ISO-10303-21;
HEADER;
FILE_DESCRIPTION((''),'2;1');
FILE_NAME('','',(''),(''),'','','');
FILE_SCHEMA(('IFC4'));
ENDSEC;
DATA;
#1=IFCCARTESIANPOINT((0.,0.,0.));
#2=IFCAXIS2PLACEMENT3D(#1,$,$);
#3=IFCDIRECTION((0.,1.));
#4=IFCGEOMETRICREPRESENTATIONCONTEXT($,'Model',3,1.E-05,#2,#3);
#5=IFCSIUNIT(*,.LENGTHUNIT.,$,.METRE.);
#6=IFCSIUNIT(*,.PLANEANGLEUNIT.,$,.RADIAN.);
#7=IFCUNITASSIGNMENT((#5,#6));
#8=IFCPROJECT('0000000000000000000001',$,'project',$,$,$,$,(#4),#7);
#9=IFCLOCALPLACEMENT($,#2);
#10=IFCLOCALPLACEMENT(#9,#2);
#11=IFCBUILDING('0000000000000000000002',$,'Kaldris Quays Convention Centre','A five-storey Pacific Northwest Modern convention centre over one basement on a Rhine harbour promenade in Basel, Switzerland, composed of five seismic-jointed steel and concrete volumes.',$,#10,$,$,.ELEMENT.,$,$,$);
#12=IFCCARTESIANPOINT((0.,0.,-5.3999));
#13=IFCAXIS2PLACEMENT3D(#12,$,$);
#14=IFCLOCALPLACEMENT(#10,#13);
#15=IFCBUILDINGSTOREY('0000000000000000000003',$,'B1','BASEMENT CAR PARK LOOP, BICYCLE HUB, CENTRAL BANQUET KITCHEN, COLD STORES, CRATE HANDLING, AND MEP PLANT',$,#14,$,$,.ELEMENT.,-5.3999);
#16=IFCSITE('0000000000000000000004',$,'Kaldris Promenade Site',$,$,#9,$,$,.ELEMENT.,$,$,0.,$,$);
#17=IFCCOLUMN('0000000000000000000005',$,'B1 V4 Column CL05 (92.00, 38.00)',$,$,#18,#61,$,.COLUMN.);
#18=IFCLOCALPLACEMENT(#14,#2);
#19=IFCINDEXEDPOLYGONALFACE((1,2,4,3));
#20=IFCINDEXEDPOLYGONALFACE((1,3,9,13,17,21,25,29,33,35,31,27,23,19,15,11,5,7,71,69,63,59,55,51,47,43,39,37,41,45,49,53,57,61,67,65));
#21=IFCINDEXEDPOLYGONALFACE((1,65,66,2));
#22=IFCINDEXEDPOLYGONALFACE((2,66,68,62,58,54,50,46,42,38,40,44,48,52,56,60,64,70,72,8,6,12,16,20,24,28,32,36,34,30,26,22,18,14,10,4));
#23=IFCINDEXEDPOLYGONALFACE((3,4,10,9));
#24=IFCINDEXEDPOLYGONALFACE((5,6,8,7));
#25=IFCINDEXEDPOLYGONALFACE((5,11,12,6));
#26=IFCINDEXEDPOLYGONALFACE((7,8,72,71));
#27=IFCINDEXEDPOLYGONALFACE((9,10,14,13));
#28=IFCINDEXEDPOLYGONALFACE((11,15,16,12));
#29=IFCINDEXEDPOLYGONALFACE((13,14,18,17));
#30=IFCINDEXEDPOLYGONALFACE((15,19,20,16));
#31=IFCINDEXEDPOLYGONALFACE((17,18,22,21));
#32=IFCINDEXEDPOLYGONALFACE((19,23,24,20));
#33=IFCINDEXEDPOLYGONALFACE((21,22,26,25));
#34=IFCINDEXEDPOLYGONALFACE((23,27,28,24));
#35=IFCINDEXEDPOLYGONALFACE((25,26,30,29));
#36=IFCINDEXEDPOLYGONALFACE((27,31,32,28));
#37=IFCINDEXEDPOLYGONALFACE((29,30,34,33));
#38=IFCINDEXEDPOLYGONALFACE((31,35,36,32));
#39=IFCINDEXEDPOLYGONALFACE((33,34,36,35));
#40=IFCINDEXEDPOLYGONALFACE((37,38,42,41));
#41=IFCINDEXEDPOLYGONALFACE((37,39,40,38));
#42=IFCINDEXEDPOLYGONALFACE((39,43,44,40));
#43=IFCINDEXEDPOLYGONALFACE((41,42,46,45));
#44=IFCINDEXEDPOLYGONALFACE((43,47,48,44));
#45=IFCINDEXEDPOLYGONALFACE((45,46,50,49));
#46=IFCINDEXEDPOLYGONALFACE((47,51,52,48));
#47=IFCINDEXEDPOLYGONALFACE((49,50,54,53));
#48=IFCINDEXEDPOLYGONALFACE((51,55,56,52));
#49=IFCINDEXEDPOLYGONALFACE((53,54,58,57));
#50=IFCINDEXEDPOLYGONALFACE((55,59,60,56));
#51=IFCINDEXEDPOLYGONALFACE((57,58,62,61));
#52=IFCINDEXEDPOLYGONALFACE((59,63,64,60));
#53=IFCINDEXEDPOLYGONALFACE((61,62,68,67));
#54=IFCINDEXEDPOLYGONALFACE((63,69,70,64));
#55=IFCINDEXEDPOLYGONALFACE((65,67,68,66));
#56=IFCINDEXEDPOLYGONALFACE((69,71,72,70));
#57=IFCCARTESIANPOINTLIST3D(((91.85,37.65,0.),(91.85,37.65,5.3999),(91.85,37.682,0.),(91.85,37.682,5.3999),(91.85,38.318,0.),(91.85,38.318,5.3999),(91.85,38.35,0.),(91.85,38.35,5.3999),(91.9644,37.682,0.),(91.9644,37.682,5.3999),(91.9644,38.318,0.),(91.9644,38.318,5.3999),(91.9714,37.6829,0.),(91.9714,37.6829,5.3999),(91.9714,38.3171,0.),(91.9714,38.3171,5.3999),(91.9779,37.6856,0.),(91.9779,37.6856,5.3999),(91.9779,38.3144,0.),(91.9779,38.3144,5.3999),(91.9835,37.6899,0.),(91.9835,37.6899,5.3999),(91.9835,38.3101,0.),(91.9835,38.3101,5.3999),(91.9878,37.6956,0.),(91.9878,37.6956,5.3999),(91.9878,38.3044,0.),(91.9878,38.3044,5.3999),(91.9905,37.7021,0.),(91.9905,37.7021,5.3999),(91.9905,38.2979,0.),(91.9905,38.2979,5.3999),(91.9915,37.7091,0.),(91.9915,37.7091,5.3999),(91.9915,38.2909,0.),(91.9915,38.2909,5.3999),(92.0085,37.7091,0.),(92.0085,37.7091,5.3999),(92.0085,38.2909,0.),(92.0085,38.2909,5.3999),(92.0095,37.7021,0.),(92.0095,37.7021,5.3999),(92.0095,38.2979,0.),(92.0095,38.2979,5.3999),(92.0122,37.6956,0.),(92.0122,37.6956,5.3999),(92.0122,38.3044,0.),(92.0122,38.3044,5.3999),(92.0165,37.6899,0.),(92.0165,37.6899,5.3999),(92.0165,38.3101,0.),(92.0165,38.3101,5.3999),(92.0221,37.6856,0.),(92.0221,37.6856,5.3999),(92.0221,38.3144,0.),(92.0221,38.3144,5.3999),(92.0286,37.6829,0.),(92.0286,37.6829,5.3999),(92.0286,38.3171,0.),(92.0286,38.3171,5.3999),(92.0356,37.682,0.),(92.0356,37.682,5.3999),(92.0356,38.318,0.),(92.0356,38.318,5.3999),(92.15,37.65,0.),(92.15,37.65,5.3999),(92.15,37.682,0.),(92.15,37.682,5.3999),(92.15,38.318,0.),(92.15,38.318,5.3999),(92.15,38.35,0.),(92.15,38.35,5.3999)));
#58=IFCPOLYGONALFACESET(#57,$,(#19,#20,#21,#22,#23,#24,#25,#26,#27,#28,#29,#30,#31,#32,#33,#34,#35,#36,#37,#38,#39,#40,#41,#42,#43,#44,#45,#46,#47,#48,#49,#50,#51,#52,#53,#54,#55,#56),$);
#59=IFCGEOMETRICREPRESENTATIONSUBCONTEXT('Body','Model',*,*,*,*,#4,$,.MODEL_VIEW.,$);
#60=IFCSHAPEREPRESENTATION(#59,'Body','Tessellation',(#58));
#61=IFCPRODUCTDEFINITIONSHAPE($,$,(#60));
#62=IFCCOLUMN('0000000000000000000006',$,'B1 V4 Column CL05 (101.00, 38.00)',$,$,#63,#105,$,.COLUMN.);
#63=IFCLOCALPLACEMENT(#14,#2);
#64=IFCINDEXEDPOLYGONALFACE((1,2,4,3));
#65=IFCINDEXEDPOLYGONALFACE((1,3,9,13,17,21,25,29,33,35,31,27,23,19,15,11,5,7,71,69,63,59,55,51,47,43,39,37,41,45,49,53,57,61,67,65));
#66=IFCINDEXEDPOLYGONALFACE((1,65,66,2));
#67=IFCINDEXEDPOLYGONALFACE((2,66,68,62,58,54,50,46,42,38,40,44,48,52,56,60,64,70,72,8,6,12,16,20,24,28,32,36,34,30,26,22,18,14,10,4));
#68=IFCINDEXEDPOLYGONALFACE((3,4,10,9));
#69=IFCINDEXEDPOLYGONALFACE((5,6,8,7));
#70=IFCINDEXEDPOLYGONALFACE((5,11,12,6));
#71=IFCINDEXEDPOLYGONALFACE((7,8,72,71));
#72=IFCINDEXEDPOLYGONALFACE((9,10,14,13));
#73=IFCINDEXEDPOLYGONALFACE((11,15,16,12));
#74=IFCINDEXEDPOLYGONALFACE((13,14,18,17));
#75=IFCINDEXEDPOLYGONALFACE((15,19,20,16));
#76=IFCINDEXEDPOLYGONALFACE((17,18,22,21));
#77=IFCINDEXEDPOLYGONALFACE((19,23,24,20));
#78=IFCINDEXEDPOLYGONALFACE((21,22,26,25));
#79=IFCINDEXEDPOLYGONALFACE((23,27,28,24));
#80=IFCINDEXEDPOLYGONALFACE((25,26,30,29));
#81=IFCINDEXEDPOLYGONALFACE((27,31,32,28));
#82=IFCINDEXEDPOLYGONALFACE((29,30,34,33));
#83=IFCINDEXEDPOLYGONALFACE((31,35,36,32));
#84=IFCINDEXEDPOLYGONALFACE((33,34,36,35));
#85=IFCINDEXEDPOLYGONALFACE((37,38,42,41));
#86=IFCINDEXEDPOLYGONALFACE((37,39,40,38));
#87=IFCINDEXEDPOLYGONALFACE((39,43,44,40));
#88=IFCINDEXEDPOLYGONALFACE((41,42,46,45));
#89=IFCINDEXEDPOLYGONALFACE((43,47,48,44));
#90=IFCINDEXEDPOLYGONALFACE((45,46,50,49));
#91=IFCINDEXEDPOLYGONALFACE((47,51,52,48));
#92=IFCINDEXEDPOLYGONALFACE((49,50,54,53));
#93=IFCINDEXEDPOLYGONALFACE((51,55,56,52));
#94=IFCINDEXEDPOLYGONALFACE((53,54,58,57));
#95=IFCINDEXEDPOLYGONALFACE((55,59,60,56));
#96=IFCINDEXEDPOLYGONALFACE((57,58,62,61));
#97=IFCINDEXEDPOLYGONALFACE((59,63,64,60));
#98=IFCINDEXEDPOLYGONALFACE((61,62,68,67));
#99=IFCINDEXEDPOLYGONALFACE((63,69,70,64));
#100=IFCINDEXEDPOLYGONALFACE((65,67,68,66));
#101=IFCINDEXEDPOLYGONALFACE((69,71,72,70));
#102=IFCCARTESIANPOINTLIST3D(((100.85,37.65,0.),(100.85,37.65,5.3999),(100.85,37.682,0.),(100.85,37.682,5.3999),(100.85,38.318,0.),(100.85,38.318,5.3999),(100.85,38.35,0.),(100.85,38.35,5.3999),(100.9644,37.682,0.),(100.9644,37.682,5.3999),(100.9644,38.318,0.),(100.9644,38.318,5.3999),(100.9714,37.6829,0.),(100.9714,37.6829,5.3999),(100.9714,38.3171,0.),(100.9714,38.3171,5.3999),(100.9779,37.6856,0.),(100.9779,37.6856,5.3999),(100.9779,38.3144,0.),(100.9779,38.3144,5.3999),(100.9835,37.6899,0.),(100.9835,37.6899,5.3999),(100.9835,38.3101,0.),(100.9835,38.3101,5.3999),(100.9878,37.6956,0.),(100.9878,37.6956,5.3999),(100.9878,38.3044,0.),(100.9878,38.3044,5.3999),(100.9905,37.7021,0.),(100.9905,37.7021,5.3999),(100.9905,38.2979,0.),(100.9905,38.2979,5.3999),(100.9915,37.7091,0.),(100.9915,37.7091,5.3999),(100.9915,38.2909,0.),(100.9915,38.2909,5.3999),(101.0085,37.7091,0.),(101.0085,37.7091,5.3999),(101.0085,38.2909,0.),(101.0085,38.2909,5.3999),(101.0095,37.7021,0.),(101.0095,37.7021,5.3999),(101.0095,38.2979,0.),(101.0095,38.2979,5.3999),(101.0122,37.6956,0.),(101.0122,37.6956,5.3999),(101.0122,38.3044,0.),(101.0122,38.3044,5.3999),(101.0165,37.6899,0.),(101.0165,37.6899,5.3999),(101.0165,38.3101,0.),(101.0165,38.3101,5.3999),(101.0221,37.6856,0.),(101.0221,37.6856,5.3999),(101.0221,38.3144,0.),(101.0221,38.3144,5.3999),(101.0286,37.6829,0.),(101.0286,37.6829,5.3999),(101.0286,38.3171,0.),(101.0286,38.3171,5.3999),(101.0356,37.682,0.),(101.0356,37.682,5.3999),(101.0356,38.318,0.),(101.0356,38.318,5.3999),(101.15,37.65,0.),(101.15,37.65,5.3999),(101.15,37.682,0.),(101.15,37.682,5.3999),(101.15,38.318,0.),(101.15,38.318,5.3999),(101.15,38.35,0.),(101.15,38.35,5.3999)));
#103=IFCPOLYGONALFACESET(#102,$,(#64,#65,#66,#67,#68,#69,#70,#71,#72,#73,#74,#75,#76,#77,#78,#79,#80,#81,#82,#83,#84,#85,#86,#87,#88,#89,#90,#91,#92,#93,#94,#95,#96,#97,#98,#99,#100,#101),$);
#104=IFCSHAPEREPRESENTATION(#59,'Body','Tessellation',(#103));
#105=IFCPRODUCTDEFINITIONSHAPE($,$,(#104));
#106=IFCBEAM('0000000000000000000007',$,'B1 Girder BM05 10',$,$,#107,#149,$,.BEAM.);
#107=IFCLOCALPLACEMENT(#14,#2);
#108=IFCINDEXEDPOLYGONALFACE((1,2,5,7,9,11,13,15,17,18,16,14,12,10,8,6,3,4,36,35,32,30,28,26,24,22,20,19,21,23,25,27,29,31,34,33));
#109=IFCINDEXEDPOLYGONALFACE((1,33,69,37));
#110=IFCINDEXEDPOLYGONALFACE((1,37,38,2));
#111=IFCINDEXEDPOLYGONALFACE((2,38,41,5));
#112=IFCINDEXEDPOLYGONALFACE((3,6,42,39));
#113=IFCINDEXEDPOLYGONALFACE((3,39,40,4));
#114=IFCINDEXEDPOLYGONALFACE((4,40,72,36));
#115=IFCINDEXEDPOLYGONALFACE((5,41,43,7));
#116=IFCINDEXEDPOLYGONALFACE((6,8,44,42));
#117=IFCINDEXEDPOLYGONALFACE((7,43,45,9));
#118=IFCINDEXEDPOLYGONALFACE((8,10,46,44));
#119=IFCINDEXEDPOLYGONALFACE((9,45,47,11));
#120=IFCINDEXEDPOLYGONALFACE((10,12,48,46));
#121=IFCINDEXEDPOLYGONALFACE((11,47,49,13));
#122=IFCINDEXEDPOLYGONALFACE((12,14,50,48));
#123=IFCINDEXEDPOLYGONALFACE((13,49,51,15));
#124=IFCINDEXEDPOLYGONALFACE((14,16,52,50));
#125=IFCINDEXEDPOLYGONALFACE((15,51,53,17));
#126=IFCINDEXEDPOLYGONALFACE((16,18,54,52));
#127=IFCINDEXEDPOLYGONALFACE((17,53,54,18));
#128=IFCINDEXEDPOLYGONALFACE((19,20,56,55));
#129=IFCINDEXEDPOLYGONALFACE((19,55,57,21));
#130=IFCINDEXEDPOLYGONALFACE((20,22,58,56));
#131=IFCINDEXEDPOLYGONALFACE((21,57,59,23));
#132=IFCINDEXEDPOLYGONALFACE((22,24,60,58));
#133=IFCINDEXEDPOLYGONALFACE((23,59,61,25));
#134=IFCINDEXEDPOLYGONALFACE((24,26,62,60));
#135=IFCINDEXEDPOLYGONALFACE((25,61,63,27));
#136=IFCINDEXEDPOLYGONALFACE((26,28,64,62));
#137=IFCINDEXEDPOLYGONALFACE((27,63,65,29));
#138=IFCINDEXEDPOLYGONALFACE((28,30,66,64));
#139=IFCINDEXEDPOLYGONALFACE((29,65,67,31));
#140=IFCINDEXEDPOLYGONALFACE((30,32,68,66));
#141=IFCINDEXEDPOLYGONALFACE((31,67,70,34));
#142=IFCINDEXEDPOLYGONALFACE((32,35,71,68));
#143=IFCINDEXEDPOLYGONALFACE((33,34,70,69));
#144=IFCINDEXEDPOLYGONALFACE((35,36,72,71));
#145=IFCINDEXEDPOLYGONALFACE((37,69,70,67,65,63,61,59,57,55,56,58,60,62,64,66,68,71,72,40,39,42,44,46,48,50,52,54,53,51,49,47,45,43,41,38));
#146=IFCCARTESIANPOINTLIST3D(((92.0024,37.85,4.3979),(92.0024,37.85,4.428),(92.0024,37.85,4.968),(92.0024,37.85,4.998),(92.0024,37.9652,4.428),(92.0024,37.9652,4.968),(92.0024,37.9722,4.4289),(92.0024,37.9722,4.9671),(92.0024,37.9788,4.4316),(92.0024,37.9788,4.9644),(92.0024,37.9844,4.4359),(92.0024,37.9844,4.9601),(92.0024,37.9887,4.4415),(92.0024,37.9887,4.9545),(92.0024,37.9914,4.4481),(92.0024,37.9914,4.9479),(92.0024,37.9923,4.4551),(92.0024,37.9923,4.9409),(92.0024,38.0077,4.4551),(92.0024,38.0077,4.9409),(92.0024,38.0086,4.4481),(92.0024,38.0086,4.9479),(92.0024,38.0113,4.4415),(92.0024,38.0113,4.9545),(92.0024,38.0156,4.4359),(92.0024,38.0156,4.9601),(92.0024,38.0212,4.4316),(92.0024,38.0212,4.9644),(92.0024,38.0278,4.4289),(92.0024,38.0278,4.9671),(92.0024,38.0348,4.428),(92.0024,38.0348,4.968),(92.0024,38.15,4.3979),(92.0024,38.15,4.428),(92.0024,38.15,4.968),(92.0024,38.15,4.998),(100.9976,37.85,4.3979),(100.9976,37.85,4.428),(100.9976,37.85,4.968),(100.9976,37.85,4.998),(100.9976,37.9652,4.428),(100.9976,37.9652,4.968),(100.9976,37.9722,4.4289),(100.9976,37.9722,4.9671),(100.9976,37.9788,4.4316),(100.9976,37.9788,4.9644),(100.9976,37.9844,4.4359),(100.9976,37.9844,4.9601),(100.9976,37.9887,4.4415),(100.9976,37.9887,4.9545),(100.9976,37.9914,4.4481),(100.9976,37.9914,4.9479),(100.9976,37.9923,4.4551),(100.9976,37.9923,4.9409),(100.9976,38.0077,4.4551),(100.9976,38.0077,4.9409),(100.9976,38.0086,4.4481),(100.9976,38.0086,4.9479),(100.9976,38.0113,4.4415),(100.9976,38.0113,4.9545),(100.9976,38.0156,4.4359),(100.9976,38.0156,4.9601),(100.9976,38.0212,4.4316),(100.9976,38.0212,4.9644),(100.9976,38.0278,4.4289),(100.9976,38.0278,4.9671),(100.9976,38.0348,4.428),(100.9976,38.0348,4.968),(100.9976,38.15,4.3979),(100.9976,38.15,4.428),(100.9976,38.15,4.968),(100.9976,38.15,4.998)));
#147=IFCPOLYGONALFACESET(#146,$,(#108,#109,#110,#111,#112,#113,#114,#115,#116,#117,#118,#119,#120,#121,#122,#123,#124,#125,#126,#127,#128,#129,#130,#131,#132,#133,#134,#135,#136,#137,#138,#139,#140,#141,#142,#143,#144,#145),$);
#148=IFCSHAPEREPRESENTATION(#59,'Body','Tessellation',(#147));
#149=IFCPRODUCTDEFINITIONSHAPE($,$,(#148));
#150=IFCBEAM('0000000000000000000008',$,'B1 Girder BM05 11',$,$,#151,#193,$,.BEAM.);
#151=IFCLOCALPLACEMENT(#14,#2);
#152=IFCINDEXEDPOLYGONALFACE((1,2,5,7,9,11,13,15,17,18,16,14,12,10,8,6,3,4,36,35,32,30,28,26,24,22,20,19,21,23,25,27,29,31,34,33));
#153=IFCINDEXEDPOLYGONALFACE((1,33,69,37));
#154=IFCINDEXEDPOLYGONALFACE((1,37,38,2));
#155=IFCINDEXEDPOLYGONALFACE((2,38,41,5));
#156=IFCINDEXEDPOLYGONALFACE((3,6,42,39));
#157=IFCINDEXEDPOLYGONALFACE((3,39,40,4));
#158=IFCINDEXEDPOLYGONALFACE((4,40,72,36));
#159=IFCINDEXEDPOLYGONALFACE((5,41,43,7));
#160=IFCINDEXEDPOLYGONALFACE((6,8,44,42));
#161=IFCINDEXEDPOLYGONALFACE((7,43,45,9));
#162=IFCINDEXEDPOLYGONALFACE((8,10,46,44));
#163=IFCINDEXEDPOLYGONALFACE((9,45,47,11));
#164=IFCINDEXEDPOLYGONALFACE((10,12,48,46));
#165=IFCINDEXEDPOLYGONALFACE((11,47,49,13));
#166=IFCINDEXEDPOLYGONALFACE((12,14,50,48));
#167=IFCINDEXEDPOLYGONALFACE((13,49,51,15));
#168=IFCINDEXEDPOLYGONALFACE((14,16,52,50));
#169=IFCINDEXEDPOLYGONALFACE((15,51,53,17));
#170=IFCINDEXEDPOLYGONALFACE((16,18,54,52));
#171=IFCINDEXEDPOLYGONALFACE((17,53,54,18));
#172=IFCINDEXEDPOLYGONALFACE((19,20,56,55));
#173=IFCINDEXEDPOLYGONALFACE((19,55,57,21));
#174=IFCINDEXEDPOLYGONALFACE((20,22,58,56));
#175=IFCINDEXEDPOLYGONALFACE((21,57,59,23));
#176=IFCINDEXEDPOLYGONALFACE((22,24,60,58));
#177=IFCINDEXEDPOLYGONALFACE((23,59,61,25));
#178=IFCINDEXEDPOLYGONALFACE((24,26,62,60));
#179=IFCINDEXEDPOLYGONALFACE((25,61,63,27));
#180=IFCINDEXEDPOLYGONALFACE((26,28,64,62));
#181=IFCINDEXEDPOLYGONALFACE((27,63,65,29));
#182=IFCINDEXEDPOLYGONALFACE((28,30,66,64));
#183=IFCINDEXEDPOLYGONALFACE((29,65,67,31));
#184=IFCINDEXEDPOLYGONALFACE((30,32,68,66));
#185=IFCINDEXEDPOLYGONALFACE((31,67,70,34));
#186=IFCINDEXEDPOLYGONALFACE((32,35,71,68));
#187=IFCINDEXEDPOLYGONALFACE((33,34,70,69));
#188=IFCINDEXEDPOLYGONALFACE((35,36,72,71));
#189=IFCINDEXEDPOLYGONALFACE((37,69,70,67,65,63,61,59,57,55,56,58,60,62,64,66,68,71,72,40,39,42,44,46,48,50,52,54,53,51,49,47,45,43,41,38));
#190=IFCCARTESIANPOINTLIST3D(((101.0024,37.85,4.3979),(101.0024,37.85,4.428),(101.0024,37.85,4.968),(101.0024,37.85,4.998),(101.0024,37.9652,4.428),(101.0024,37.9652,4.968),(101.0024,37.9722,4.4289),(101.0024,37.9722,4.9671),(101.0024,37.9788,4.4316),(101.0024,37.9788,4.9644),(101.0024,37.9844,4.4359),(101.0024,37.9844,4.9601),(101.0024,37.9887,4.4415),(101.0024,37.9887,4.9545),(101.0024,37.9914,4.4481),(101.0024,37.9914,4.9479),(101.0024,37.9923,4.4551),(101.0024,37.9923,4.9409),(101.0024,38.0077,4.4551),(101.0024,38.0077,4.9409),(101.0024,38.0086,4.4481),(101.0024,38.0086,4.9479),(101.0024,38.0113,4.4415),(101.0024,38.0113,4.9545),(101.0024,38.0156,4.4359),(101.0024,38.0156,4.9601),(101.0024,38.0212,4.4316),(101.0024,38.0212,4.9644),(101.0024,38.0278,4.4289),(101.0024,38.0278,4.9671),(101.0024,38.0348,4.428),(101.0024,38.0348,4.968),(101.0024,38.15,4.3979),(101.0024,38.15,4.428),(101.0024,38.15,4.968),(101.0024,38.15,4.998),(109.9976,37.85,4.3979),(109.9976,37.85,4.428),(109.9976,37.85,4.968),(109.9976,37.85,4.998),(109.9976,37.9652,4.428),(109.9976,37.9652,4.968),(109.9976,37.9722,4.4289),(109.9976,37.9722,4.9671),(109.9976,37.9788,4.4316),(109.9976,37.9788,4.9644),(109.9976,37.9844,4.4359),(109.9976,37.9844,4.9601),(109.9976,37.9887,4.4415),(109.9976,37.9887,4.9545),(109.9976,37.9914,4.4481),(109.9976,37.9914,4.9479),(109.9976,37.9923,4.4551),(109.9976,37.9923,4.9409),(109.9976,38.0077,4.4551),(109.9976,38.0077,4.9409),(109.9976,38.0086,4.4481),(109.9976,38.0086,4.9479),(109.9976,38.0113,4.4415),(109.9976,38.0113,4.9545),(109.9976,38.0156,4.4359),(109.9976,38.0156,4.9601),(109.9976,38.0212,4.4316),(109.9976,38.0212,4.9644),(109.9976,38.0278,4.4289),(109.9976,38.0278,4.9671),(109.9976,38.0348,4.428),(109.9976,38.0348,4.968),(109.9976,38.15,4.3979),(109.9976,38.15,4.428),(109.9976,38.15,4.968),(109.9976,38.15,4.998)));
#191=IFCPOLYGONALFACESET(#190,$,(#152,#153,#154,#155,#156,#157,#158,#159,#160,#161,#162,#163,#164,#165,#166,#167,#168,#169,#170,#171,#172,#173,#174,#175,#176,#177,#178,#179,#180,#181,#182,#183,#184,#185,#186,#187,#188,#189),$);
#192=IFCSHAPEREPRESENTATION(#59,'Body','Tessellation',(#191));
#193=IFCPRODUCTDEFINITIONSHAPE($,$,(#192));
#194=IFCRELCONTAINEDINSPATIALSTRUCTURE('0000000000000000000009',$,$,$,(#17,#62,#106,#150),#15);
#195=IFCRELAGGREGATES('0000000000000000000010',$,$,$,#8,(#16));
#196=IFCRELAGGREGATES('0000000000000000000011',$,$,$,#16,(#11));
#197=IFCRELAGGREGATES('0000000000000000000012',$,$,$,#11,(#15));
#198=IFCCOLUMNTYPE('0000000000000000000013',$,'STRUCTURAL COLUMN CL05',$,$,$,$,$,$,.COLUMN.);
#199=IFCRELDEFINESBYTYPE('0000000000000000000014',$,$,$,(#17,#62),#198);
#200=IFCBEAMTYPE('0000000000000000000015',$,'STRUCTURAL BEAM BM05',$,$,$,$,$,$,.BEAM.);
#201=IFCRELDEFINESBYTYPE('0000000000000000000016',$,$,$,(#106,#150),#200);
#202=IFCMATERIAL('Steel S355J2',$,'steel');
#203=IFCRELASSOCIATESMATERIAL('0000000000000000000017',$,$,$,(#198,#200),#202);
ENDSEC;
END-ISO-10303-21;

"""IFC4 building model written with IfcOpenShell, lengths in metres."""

from ifc_helpers import new_model, si_unit, direction, frame, origin, origin_2d, place, context, subcontext, project, spatial, i_section, extrude, material, material_profile, profile_set, type_object, element, save


model = new_model("IFC4")

# Units and contexts
model_context = context("Model", 3, precision=1e-05, world=origin(), true_north=direction((0.0, 1.0)))
body_context = subcontext(model_context, "Body", "Model", "MODEL_VIEW")
ifc_project = project(units=[si_unit("LENGTHUNIT", "METRE"), si_unit("PLANEANGLEUNIT", "RADIAN")], contexts=[model_context])

# Site, building, storey
site_placement = place(None, origin())
site = spatial("IfcSite", under=ifc_project, at=site_placement, Name="Kaldris Promenade Site", CompositionType="ELEMENT", RefElevation=0.0)
building_placement = place(site_placement, origin())
building = spatial("IfcBuilding", under=site, at=building_placement, Name="Kaldris Quays Convention Centre", Description="A five-storey Pacific Northwest Modern convention centre over one basement on a Rhine harbour promenade in Basel, Switzerland, composed of five seismic-jointed steel and concrete volumes.", CompositionType="ELEMENT")
storey_placement = place(building_placement, frame((0.0, 0.0, -5.3999)))
storey = spatial("IfcBuildingStorey", under=building, at=storey_placement, Name="B1", Description="BASEMENT CAR PARK LOOP, BICYCLE HUB, CENTRAL BANQUET KITCHEN, COLD STORES, CRATE HANDLING, AND MEP PLANT", CompositionType="ELEMENT", Elevation=-5.3999)

# Columns
ifc_material_1 = material(Name="Steel S355J2", Category="steel")
ifc_material_profile_1 = material_profile(ifc_material_1, i_section(OverallWidth=0.3, OverallDepth=0.7, WebThickness=0.0171, FlangeThickness=0.032, FilletRadius=0.0271, at=origin_2d()), Name="HEB 700")
ifc_profile_set_1 = profile_set([ifc_material_profile_1], Name="Steel S355J2")
column_type = type_object("IfcColumnType", Name="STRUCTURAL COLUMN CL05", PredefinedType="COLUMN", material=ifc_profile_set_1)
for number, where, z_axis, x_axis, name in (
    (1, (92.0, 38.0, 0.0), (0.0, 0.0, 1.0), (1.0, 0.0, 0.0), "B1 V4 Column CL05 (92.00, 38.00)"),
    (2, (101.0, 38.0, 0.0), (0.0, 0.0, 1.0), (1.0, 0.0, 0.0), "B1 V4 Column CL05 (101.00, 38.00)"),
):
    element("IfcColumn", number, at=place(storey_placement, frame(where, z_axis=z_axis, x_axis=x_axis)), inside=storey, type_object=column_type, Name=name, PredefinedType="COLUMN", context=body_context, shape_type="SweptSolid", body=[
        extrude(i_section(OverallWidth=0.3, OverallDepth=0.7, WebThickness=0.0171, FlangeThickness=0.032, FilletRadius=0.0271, at=origin_2d()), origin(), (0.0, 0.0, 1.0), 5.3999),
    ])

# Beams
ifc_material_profile_2 = material_profile(ifc_material_1, i_section(OverallWidth=0.3, OverallDepth=0.6001, WebThickness=0.0154, FlangeThickness=0.03, FilletRadius=0.0271, at=origin_2d()), Name="HEB 600")
ifc_profile_set_2 = profile_set([ifc_material_profile_2], Name="Steel S355J2")
beam_type = type_object("IfcBeamType", Name="STRUCTURAL BEAM BM05", PredefinedType="BEAM", material=ifc_profile_set_2)
for number, where, z_axis, x_axis, name in (
    (3, (92.0024, 38.0, 4.698), (1.0, 0.0, 0.0), (0.0, 1.0, 0.0), "B1 Girder BM05 10"),
    (4, (101.0024, 38.0, 4.698), (1.0, 0.0, 0.0), (0.0, 1.0, 0.0), "B1 Girder BM05 11"),
):
    element("IfcBeam", number, at=place(storey_placement, frame(where, z_axis=z_axis, x_axis=x_axis)), inside=storey, type_object=beam_type, Name=name, PredefinedType="BEAM", context=body_context, shape_type="SweptSolid", body=[
        extrude(i_section(OverallWidth=0.3, OverallDepth=0.6001, WebThickness=0.0154, FlangeThickness=0.03, FilletRadius=0.0271, at=origin_2d()), origin(), (0.0, 0.0, 1.0), 8.9951),
    ])

save(model, "model.ifc")
